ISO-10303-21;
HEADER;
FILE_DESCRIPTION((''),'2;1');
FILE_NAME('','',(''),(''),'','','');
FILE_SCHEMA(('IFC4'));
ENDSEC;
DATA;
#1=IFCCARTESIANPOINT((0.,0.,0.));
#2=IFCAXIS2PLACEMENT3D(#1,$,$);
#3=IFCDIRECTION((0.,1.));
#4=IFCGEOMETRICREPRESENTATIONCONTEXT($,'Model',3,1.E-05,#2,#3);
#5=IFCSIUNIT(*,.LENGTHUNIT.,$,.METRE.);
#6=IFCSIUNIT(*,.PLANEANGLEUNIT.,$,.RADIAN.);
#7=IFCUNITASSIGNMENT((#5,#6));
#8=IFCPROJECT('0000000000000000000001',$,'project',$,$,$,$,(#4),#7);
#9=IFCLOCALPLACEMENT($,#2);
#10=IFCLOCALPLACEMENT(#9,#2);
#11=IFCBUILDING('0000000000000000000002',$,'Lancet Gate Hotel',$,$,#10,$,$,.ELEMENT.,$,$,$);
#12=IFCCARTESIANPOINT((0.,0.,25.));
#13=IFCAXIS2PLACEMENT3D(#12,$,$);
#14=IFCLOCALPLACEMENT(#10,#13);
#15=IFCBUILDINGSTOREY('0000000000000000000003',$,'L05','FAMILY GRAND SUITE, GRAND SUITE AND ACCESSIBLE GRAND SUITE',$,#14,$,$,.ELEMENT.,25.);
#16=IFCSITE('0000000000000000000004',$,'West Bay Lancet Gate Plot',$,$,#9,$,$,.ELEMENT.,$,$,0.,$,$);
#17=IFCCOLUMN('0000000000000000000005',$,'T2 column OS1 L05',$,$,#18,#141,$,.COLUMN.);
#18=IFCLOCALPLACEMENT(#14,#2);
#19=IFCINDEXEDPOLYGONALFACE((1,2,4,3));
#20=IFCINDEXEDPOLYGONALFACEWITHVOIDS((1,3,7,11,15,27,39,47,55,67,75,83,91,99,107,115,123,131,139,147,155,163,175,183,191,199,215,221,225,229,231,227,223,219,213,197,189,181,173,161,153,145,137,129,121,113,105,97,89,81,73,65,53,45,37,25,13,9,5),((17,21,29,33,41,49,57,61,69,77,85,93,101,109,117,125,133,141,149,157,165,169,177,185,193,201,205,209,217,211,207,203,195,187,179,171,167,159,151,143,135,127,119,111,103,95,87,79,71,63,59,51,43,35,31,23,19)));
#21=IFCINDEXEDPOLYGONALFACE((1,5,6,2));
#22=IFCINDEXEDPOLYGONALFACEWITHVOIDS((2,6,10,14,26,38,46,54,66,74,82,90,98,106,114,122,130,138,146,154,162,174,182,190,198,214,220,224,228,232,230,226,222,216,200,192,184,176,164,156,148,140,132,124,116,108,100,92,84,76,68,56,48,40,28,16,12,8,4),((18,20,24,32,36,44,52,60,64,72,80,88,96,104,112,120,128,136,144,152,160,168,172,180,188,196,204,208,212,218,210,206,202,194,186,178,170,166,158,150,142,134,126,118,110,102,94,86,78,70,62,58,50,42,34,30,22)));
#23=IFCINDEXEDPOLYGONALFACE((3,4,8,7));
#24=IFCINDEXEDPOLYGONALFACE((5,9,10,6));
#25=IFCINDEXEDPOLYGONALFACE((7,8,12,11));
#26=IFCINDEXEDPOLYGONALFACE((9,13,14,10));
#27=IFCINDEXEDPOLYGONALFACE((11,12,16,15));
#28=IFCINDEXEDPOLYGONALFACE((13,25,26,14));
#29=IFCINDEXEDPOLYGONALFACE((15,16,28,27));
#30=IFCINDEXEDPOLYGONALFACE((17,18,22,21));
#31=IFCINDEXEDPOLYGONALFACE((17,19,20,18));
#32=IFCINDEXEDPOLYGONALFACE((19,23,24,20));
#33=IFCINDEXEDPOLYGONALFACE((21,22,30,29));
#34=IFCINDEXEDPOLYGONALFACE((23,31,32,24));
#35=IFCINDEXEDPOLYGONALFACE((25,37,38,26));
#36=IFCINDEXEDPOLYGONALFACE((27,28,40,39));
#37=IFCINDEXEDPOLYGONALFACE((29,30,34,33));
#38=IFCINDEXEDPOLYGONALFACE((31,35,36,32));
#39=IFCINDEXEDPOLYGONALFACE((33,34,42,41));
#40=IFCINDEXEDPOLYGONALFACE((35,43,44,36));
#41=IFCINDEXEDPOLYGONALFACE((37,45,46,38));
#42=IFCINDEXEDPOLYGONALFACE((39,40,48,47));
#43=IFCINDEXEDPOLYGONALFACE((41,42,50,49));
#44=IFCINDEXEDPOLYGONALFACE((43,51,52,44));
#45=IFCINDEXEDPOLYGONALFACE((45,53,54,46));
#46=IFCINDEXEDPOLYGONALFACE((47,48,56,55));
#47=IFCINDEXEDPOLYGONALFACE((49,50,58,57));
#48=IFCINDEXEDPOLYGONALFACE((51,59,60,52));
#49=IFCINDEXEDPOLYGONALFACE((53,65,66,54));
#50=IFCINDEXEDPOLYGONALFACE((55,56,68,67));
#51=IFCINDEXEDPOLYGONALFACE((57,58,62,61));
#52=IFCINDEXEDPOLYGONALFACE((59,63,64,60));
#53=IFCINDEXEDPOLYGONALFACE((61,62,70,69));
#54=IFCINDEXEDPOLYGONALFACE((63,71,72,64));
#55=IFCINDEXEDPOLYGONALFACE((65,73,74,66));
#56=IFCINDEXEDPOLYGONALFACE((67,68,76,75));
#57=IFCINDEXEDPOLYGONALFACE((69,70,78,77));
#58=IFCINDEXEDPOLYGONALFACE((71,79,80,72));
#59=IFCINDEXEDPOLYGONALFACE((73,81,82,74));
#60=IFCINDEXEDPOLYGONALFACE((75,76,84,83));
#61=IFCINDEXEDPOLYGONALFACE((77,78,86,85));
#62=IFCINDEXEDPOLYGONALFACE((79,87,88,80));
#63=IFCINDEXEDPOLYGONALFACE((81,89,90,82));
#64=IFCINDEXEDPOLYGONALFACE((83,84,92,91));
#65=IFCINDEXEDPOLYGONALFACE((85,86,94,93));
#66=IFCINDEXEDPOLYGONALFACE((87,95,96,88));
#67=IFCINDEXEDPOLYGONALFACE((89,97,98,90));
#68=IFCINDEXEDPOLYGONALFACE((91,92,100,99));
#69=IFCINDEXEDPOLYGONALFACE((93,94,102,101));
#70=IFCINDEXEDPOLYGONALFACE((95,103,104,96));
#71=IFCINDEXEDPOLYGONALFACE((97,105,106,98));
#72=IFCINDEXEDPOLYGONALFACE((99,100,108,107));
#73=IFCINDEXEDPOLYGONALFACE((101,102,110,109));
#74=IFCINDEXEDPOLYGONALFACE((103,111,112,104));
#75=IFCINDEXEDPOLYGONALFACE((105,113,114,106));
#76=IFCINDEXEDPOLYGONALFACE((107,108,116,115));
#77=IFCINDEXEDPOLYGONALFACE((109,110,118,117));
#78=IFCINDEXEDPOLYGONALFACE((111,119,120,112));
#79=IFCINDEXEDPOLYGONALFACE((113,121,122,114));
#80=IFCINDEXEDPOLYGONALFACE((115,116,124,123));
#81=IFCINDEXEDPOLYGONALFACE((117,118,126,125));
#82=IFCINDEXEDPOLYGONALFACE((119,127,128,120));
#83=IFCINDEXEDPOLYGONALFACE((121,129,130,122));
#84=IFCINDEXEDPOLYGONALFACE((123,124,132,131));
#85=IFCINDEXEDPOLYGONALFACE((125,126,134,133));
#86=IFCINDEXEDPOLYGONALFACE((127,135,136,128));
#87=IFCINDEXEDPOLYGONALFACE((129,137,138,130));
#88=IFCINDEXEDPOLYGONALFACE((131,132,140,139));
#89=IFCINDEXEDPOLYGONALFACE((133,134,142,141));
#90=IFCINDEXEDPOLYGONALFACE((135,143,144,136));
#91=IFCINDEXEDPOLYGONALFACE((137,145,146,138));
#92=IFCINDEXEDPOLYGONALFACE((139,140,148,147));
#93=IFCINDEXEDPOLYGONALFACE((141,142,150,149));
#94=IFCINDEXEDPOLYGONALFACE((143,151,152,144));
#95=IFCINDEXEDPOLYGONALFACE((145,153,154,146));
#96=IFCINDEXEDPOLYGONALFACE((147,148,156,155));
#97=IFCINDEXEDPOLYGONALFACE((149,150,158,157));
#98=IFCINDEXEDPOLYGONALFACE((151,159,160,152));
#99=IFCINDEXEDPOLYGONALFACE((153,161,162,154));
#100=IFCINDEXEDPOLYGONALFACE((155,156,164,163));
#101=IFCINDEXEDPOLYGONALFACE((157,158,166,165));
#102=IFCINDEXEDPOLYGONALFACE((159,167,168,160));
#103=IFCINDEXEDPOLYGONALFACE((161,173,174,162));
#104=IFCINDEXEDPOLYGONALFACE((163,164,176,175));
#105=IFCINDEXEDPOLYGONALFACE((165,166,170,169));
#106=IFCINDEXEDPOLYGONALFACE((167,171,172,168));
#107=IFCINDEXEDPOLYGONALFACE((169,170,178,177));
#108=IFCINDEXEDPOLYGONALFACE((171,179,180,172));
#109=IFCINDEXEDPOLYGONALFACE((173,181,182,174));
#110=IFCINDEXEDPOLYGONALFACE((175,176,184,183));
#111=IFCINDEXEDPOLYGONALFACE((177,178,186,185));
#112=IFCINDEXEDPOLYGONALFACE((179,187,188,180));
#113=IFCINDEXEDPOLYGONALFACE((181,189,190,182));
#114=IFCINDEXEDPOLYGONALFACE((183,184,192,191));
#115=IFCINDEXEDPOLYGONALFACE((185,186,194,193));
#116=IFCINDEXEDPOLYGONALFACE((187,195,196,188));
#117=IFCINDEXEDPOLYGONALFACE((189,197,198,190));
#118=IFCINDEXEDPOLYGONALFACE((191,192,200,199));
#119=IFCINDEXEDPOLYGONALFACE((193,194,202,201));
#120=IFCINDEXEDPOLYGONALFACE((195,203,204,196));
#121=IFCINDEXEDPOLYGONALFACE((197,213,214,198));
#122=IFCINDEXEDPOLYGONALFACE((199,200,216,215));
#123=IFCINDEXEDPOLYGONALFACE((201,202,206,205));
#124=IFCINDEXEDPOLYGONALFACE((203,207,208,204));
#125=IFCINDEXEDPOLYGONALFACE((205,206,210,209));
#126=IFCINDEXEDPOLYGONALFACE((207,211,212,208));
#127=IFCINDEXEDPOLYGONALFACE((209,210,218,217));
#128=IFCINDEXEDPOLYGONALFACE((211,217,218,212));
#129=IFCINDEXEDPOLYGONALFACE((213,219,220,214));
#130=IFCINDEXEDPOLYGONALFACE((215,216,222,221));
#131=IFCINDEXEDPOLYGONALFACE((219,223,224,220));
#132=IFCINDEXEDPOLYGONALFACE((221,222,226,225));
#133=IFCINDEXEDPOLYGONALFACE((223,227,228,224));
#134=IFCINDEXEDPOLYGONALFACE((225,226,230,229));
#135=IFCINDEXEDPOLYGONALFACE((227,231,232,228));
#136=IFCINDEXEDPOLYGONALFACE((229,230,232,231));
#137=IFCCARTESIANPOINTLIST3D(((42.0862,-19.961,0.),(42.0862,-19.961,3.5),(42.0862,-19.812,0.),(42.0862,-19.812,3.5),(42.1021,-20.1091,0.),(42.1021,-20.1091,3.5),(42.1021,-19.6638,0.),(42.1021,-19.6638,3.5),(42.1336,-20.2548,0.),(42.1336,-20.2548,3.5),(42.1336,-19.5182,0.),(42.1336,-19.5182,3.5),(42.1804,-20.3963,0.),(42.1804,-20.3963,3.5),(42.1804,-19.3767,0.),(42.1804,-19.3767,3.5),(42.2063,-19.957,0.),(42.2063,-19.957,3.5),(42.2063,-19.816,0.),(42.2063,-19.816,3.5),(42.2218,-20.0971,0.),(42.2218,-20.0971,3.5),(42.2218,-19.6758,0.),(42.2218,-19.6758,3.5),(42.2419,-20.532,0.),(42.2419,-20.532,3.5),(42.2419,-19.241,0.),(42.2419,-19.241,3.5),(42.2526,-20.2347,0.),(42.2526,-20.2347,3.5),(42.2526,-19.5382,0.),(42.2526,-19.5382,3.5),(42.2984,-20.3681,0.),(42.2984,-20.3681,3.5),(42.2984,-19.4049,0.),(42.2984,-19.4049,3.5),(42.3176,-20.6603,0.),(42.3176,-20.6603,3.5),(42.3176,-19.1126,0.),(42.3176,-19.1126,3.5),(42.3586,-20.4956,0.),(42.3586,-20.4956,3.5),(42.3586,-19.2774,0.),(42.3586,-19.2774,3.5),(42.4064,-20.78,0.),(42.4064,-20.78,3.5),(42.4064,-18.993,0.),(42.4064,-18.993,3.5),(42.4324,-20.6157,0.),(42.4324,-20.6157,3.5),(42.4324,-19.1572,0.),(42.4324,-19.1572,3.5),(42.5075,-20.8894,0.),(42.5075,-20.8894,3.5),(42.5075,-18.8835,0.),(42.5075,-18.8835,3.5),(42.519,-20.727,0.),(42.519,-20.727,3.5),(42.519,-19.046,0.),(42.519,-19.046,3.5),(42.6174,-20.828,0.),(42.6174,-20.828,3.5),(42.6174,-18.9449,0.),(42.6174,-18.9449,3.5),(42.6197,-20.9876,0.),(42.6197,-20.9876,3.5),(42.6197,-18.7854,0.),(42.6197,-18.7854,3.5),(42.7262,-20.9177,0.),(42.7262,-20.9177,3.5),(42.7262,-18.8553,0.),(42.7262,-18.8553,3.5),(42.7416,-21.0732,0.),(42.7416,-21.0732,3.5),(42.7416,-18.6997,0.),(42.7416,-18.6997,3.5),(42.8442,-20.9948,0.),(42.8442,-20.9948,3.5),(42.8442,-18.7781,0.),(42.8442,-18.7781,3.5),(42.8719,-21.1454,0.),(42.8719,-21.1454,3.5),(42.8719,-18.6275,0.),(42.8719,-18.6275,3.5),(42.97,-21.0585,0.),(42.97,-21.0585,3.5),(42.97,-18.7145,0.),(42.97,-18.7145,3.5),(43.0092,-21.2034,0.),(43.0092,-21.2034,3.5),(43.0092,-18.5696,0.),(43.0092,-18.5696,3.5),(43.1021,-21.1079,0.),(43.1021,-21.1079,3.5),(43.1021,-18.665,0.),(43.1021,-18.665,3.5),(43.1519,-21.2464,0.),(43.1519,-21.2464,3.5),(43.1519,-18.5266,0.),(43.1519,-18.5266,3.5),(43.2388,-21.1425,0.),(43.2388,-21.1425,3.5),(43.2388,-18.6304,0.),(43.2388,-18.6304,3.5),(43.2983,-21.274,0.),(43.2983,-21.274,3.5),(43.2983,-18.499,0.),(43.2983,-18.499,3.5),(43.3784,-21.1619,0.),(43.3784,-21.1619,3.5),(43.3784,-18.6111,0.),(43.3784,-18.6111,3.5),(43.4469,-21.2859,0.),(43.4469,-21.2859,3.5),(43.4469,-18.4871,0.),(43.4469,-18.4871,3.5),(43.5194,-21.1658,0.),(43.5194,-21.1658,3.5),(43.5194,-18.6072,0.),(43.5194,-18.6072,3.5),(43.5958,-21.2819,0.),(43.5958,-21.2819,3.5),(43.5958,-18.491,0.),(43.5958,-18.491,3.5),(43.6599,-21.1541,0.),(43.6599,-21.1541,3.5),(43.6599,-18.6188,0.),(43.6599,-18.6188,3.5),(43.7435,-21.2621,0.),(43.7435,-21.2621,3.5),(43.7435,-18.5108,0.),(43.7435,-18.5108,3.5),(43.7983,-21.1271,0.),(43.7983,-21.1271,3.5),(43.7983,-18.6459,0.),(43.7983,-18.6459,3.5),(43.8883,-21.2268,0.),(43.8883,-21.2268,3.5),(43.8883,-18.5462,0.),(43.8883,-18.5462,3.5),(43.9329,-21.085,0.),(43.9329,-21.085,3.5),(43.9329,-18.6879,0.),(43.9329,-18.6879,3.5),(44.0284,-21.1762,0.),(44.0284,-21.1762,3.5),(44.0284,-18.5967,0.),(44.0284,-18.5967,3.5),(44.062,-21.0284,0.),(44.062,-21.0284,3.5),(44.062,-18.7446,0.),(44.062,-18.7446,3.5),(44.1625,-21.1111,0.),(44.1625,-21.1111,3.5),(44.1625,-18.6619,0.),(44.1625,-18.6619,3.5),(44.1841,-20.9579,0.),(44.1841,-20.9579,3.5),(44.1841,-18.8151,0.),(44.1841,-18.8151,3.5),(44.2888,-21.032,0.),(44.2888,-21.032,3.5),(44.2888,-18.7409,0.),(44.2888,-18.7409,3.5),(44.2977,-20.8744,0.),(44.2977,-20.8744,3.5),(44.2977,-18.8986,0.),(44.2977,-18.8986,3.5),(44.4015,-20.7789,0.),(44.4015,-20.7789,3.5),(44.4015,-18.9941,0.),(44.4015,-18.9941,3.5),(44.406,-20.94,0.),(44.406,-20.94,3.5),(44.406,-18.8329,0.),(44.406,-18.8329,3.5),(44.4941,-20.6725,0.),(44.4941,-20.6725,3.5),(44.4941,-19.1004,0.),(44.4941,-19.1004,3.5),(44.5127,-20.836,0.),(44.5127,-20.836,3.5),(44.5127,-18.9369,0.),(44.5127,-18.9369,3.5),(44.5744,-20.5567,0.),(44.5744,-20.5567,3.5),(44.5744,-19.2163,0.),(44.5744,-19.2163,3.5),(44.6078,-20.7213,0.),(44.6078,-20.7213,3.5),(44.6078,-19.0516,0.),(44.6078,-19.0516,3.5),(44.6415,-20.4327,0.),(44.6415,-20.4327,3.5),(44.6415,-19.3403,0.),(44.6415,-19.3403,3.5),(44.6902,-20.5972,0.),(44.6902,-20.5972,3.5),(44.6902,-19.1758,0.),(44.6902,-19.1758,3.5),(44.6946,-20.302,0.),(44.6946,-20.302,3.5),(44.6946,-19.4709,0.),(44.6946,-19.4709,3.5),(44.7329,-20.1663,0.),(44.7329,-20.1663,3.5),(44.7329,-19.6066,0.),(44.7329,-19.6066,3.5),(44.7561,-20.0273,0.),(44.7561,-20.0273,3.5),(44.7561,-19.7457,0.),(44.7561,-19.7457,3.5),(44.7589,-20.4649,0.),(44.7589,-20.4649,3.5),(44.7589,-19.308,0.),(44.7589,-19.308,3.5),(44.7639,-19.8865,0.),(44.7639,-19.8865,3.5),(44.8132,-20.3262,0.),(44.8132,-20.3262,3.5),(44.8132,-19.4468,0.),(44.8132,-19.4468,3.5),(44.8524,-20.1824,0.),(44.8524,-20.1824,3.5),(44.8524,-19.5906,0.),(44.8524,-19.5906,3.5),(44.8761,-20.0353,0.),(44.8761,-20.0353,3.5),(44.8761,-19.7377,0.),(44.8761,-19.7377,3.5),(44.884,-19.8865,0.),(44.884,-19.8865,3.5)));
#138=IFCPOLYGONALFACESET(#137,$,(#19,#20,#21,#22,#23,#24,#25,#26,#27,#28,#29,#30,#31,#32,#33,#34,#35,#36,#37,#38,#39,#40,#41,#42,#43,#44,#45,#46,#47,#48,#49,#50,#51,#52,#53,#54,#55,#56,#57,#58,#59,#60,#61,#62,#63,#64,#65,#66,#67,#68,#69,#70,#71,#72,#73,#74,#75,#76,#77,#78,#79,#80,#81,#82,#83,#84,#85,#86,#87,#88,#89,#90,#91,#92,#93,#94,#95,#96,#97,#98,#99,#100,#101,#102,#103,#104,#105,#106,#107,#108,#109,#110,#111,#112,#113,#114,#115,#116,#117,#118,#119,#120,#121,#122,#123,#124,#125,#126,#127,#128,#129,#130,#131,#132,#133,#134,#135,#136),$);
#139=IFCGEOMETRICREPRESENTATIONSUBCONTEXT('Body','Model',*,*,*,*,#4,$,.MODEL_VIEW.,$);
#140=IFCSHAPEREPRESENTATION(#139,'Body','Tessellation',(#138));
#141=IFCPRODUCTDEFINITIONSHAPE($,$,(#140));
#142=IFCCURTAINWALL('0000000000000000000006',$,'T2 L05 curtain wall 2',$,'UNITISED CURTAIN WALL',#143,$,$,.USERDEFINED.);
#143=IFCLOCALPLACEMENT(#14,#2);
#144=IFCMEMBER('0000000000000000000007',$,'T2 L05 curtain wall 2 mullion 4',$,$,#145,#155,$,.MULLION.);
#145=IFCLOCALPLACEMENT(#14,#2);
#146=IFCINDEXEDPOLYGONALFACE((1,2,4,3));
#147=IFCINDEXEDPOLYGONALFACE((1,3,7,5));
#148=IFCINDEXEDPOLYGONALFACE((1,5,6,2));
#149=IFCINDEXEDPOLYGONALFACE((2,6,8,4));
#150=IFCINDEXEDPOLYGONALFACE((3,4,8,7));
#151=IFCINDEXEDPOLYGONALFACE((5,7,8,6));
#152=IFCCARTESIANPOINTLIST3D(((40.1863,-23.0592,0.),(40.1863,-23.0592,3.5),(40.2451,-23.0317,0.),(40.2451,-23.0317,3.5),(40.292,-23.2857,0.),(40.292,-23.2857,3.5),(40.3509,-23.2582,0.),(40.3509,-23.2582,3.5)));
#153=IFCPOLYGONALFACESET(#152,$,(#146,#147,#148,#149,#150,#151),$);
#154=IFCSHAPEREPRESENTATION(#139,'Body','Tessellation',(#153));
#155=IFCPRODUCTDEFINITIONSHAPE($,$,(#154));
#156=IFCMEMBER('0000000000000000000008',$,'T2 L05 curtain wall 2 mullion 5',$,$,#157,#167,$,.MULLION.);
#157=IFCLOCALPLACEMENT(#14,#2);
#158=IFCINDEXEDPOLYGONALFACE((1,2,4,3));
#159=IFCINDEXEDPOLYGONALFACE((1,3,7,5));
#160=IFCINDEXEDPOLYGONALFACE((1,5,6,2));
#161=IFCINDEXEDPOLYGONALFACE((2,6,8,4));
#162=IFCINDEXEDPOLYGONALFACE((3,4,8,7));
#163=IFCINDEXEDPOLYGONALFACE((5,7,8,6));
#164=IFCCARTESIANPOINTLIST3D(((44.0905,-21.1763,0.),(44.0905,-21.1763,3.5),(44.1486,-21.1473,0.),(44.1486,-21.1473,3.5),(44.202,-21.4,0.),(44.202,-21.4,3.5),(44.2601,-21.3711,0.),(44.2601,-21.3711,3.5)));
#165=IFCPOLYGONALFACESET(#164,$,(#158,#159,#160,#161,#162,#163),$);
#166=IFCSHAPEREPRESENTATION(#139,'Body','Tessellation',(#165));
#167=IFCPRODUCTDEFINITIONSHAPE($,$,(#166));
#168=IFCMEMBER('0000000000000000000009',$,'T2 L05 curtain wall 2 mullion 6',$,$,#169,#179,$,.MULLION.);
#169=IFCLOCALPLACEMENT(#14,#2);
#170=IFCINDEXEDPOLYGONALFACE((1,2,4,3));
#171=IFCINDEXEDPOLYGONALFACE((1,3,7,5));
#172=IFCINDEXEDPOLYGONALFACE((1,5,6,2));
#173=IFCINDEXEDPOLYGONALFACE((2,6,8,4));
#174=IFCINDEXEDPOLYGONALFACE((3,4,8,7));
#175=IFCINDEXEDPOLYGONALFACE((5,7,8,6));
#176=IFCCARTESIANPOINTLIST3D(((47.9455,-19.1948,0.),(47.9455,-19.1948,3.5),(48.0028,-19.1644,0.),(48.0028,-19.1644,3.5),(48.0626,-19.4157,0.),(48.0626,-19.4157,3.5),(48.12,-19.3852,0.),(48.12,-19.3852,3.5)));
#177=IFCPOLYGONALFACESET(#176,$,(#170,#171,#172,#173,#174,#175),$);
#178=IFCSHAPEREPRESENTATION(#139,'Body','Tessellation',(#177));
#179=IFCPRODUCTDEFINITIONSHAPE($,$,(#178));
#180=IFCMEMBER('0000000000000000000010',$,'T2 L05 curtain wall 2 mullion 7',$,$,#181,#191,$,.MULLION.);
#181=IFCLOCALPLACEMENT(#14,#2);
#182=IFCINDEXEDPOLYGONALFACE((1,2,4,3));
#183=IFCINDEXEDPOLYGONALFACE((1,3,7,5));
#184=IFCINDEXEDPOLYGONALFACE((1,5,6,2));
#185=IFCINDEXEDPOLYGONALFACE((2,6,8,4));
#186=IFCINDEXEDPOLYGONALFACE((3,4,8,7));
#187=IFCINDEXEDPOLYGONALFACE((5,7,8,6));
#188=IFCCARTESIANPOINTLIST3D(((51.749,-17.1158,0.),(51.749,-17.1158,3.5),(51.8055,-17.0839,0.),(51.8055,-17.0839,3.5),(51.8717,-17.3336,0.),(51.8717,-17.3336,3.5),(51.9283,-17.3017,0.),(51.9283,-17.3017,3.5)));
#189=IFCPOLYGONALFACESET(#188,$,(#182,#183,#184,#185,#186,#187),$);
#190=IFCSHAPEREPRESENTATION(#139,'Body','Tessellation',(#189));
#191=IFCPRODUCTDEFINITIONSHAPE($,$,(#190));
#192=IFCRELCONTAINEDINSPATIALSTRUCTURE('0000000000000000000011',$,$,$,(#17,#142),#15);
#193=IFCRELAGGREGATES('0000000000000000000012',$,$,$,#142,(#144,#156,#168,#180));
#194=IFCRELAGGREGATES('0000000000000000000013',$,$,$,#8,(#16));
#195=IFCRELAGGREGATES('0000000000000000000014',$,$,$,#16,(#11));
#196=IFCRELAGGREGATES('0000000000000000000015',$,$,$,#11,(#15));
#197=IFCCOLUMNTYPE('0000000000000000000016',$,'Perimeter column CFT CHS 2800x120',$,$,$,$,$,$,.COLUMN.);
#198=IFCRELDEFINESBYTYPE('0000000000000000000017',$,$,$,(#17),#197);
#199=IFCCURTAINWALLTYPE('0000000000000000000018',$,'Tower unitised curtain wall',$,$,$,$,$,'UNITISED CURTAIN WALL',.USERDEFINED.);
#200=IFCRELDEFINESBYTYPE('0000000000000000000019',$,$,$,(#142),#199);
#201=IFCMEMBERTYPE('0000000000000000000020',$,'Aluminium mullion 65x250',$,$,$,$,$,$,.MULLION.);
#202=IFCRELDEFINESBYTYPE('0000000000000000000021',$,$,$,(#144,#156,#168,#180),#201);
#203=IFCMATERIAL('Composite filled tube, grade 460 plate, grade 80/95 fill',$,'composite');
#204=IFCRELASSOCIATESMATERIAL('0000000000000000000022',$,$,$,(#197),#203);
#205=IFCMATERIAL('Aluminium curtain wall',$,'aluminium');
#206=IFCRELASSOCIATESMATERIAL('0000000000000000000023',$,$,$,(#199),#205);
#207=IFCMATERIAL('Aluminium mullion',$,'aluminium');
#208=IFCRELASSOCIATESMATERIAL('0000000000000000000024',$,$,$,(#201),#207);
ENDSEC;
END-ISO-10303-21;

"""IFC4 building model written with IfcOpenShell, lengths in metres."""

from ifc_helpers import new_model, si_unit, direction, frame, origin, origin_2d, place, context, subcontext, project, spatial, rectangle, hollow_circle, extrude, material, material_profile, profile_set, type_object, element, aggregate, save


model = new_model("IFC4")

# Units and contexts
model_context = context("Model", 3, precision=1e-05, world=origin(), true_north=direction((0.0, 1.0)))
body_context = subcontext(model_context, "Body", "Model", "MODEL_VIEW")
ifc_project = project(units=[si_unit("LENGTHUNIT", "METRE"), si_unit("PLANEANGLEUNIT", "RADIAN")], contexts=[model_context])

# Site, building, storey
site_placement = place(None, origin())
site = spatial("IfcSite", under=ifc_project, at=site_placement, Name="West Bay Lancet Gate Plot", CompositionType="ELEMENT", RefElevation=0.0)
building_placement = place(site_placement, origin())
building = spatial("IfcBuilding", under=site, at=building_placement, Name="Lancet Gate Hotel", CompositionType="ELEMENT")
storey_placement = place(building_placement, frame((0.0, 0.0, 25.0)))
storey = spatial("IfcBuildingStorey", under=building, at=storey_placement, Name="L05", Description="FAMILY GRAND SUITE, GRAND SUITE AND ACCESSIBLE GRAND SUITE", CompositionType="ELEMENT", Elevation=25.0)

# Column
ifc_material_1 = material(Name="Composite filled tube, grade 460 plate, grade 80/95 fill", Category="composite")
ifc_material_profile_1 = material_profile(ifc_material_1, hollow_circle(Radius=1.3999, WallThickness=0.1201, at=origin_2d()), Name="CHS 2800x120")
ifc_profile_set_1 = profile_set([ifc_material_profile_1], Name="Composite filled tube, grade 460 plate, grade 80/95 fill")
column_type = type_object("IfcColumnType", Name="Perimeter column CFT CHS 2800x120", PredefinedType="COLUMN", material=ifc_profile_set_1)
column_placement = place(storey_placement, frame((43.4841, -19.8865, 0.0), z_axis=(0.0, 0.0, 1.0), x_axis=(1.0, 0.0, 0.0)))
element("IfcColumn", 1, at=column_placement, inside=storey, type_object=column_type, Name="T2 column OS1 L05", PredefinedType="COLUMN", context=body_context, shape_type="SweptSolid", body=[
    extrude(hollow_circle(Radius=1.3999, WallThickness=0.1201, at=origin_2d()), origin(), (0.0, 0.0, 1.0), 3.5),
])

# Curtain wall, members
ifc_material_2 = material(Name="Aluminium curtain wall", Category="aluminium")
curtain_wall_type = type_object("IfcCurtainWallType", Name="Tower unitised curtain wall", ElementType="UNITISED CURTAIN WALL", PredefinedType="USERDEFINED", material=ifc_material_2)
curtain_wall_placement = place(storey_placement, origin())
curtain_wall = element("IfcCurtainWall", 2, at=curtain_wall_placement, inside=storey, type_object=curtain_wall_type, Name="T2 L05 curtain wall 2", ObjectType="UNITISED CURTAIN WALL", PredefinedType="USERDEFINED")
ifc_material_3 = material(Name="Aluminium mullion", Category="aluminium")
ifc_material_profile_2 = material_profile(ifc_material_3, rectangle(XDim=0.0649, YDim=0.25, at=origin_2d()), Name="MULLION 65x250")
ifc_profile_set_2 = profile_set([ifc_material_profile_2], Name="Aluminium mullion")
member_type_1 = type_object("IfcMemberType", Name="Aluminium mullion 65x250", PredefinedType="MULLION", material=ifc_profile_set_2)
member_1_placement = place(storey_placement, frame((40.2686, -23.1587, 0.0), z_axis=(0.0, 0.0, 1.0), x_axis=(0.906105, 0.423053, 0.0)))
member_1 = element("IfcMember", 3, at=member_1_placement, type_object=member_type_1, Name="T2 L05 curtain wall 2 mullion 4", PredefinedType="MULLION", context=body_context, shape_type="SweptSolid", body=[
    extrude(rectangle(XDim=0.0649, YDim=0.25, at=origin_2d()), origin(), (0.0, 0.0, 1.0), 3.5),
])
member_2_placement = place(storey_placement, frame((44.1753, -21.2737, 0.0), z_axis=(0.0, 0.0, 1.0), x_axis=(0.895044, 0.445978, 0.0)))
member_2 = element("IfcMember", 4, at=member_2_placement, type_object=member_type_1, Name="T2 L05 curtain wall 2 mullion 5", PredefinedType="MULLION", context=body_context, shape_type="SweptSolid", body=[
    extrude(rectangle(XDim=0.0649, YDim=0.25, at=origin_2d()), origin(), (0.0, 0.0, 1.0), 3.5),
])
member_3_placement = place(storey_placement, frame((48.0327, -19.29, 0.0), z_axis=(0.0, 0.0, 1.0), x_axis=(0.883403, 0.468613, 0.0)))
member_3 = element("IfcMember", 5, at=member_3_placement, type_object=member_type_1, Name="T2 L05 curtain wall 2 mullion 6", PredefinedType="MULLION", context=body_context, shape_type="SweptSolid", body=[
    extrude(rectangle(XDim=0.0649, YDim=0.25, at=origin_2d()), origin(), (0.0, 0.0, 1.0), 3.5),
])
member_4_placement = place(storey_placement, frame((51.8386, -17.2087, 0.0), z_axis=(0.0, 0.0, 1.0), x_axis=(0.87119, 0.490945, 0.0)))
member_4 = element("IfcMember", 6, at=member_4_placement, type_object=member_type_1, Name="T2 L05 curtain wall 2 mullion 7", PredefinedType="MULLION", context=body_context, shape_type="SweptSolid", body=[
    extrude(rectangle(XDim=0.0649, YDim=0.25, at=origin_2d()), origin(), (0.0, 0.0, 1.0), 3.5),
])

aggregate(curtain_wall, [member_1, member_2, member_3, member_4])

save(model, "model.ifc")
